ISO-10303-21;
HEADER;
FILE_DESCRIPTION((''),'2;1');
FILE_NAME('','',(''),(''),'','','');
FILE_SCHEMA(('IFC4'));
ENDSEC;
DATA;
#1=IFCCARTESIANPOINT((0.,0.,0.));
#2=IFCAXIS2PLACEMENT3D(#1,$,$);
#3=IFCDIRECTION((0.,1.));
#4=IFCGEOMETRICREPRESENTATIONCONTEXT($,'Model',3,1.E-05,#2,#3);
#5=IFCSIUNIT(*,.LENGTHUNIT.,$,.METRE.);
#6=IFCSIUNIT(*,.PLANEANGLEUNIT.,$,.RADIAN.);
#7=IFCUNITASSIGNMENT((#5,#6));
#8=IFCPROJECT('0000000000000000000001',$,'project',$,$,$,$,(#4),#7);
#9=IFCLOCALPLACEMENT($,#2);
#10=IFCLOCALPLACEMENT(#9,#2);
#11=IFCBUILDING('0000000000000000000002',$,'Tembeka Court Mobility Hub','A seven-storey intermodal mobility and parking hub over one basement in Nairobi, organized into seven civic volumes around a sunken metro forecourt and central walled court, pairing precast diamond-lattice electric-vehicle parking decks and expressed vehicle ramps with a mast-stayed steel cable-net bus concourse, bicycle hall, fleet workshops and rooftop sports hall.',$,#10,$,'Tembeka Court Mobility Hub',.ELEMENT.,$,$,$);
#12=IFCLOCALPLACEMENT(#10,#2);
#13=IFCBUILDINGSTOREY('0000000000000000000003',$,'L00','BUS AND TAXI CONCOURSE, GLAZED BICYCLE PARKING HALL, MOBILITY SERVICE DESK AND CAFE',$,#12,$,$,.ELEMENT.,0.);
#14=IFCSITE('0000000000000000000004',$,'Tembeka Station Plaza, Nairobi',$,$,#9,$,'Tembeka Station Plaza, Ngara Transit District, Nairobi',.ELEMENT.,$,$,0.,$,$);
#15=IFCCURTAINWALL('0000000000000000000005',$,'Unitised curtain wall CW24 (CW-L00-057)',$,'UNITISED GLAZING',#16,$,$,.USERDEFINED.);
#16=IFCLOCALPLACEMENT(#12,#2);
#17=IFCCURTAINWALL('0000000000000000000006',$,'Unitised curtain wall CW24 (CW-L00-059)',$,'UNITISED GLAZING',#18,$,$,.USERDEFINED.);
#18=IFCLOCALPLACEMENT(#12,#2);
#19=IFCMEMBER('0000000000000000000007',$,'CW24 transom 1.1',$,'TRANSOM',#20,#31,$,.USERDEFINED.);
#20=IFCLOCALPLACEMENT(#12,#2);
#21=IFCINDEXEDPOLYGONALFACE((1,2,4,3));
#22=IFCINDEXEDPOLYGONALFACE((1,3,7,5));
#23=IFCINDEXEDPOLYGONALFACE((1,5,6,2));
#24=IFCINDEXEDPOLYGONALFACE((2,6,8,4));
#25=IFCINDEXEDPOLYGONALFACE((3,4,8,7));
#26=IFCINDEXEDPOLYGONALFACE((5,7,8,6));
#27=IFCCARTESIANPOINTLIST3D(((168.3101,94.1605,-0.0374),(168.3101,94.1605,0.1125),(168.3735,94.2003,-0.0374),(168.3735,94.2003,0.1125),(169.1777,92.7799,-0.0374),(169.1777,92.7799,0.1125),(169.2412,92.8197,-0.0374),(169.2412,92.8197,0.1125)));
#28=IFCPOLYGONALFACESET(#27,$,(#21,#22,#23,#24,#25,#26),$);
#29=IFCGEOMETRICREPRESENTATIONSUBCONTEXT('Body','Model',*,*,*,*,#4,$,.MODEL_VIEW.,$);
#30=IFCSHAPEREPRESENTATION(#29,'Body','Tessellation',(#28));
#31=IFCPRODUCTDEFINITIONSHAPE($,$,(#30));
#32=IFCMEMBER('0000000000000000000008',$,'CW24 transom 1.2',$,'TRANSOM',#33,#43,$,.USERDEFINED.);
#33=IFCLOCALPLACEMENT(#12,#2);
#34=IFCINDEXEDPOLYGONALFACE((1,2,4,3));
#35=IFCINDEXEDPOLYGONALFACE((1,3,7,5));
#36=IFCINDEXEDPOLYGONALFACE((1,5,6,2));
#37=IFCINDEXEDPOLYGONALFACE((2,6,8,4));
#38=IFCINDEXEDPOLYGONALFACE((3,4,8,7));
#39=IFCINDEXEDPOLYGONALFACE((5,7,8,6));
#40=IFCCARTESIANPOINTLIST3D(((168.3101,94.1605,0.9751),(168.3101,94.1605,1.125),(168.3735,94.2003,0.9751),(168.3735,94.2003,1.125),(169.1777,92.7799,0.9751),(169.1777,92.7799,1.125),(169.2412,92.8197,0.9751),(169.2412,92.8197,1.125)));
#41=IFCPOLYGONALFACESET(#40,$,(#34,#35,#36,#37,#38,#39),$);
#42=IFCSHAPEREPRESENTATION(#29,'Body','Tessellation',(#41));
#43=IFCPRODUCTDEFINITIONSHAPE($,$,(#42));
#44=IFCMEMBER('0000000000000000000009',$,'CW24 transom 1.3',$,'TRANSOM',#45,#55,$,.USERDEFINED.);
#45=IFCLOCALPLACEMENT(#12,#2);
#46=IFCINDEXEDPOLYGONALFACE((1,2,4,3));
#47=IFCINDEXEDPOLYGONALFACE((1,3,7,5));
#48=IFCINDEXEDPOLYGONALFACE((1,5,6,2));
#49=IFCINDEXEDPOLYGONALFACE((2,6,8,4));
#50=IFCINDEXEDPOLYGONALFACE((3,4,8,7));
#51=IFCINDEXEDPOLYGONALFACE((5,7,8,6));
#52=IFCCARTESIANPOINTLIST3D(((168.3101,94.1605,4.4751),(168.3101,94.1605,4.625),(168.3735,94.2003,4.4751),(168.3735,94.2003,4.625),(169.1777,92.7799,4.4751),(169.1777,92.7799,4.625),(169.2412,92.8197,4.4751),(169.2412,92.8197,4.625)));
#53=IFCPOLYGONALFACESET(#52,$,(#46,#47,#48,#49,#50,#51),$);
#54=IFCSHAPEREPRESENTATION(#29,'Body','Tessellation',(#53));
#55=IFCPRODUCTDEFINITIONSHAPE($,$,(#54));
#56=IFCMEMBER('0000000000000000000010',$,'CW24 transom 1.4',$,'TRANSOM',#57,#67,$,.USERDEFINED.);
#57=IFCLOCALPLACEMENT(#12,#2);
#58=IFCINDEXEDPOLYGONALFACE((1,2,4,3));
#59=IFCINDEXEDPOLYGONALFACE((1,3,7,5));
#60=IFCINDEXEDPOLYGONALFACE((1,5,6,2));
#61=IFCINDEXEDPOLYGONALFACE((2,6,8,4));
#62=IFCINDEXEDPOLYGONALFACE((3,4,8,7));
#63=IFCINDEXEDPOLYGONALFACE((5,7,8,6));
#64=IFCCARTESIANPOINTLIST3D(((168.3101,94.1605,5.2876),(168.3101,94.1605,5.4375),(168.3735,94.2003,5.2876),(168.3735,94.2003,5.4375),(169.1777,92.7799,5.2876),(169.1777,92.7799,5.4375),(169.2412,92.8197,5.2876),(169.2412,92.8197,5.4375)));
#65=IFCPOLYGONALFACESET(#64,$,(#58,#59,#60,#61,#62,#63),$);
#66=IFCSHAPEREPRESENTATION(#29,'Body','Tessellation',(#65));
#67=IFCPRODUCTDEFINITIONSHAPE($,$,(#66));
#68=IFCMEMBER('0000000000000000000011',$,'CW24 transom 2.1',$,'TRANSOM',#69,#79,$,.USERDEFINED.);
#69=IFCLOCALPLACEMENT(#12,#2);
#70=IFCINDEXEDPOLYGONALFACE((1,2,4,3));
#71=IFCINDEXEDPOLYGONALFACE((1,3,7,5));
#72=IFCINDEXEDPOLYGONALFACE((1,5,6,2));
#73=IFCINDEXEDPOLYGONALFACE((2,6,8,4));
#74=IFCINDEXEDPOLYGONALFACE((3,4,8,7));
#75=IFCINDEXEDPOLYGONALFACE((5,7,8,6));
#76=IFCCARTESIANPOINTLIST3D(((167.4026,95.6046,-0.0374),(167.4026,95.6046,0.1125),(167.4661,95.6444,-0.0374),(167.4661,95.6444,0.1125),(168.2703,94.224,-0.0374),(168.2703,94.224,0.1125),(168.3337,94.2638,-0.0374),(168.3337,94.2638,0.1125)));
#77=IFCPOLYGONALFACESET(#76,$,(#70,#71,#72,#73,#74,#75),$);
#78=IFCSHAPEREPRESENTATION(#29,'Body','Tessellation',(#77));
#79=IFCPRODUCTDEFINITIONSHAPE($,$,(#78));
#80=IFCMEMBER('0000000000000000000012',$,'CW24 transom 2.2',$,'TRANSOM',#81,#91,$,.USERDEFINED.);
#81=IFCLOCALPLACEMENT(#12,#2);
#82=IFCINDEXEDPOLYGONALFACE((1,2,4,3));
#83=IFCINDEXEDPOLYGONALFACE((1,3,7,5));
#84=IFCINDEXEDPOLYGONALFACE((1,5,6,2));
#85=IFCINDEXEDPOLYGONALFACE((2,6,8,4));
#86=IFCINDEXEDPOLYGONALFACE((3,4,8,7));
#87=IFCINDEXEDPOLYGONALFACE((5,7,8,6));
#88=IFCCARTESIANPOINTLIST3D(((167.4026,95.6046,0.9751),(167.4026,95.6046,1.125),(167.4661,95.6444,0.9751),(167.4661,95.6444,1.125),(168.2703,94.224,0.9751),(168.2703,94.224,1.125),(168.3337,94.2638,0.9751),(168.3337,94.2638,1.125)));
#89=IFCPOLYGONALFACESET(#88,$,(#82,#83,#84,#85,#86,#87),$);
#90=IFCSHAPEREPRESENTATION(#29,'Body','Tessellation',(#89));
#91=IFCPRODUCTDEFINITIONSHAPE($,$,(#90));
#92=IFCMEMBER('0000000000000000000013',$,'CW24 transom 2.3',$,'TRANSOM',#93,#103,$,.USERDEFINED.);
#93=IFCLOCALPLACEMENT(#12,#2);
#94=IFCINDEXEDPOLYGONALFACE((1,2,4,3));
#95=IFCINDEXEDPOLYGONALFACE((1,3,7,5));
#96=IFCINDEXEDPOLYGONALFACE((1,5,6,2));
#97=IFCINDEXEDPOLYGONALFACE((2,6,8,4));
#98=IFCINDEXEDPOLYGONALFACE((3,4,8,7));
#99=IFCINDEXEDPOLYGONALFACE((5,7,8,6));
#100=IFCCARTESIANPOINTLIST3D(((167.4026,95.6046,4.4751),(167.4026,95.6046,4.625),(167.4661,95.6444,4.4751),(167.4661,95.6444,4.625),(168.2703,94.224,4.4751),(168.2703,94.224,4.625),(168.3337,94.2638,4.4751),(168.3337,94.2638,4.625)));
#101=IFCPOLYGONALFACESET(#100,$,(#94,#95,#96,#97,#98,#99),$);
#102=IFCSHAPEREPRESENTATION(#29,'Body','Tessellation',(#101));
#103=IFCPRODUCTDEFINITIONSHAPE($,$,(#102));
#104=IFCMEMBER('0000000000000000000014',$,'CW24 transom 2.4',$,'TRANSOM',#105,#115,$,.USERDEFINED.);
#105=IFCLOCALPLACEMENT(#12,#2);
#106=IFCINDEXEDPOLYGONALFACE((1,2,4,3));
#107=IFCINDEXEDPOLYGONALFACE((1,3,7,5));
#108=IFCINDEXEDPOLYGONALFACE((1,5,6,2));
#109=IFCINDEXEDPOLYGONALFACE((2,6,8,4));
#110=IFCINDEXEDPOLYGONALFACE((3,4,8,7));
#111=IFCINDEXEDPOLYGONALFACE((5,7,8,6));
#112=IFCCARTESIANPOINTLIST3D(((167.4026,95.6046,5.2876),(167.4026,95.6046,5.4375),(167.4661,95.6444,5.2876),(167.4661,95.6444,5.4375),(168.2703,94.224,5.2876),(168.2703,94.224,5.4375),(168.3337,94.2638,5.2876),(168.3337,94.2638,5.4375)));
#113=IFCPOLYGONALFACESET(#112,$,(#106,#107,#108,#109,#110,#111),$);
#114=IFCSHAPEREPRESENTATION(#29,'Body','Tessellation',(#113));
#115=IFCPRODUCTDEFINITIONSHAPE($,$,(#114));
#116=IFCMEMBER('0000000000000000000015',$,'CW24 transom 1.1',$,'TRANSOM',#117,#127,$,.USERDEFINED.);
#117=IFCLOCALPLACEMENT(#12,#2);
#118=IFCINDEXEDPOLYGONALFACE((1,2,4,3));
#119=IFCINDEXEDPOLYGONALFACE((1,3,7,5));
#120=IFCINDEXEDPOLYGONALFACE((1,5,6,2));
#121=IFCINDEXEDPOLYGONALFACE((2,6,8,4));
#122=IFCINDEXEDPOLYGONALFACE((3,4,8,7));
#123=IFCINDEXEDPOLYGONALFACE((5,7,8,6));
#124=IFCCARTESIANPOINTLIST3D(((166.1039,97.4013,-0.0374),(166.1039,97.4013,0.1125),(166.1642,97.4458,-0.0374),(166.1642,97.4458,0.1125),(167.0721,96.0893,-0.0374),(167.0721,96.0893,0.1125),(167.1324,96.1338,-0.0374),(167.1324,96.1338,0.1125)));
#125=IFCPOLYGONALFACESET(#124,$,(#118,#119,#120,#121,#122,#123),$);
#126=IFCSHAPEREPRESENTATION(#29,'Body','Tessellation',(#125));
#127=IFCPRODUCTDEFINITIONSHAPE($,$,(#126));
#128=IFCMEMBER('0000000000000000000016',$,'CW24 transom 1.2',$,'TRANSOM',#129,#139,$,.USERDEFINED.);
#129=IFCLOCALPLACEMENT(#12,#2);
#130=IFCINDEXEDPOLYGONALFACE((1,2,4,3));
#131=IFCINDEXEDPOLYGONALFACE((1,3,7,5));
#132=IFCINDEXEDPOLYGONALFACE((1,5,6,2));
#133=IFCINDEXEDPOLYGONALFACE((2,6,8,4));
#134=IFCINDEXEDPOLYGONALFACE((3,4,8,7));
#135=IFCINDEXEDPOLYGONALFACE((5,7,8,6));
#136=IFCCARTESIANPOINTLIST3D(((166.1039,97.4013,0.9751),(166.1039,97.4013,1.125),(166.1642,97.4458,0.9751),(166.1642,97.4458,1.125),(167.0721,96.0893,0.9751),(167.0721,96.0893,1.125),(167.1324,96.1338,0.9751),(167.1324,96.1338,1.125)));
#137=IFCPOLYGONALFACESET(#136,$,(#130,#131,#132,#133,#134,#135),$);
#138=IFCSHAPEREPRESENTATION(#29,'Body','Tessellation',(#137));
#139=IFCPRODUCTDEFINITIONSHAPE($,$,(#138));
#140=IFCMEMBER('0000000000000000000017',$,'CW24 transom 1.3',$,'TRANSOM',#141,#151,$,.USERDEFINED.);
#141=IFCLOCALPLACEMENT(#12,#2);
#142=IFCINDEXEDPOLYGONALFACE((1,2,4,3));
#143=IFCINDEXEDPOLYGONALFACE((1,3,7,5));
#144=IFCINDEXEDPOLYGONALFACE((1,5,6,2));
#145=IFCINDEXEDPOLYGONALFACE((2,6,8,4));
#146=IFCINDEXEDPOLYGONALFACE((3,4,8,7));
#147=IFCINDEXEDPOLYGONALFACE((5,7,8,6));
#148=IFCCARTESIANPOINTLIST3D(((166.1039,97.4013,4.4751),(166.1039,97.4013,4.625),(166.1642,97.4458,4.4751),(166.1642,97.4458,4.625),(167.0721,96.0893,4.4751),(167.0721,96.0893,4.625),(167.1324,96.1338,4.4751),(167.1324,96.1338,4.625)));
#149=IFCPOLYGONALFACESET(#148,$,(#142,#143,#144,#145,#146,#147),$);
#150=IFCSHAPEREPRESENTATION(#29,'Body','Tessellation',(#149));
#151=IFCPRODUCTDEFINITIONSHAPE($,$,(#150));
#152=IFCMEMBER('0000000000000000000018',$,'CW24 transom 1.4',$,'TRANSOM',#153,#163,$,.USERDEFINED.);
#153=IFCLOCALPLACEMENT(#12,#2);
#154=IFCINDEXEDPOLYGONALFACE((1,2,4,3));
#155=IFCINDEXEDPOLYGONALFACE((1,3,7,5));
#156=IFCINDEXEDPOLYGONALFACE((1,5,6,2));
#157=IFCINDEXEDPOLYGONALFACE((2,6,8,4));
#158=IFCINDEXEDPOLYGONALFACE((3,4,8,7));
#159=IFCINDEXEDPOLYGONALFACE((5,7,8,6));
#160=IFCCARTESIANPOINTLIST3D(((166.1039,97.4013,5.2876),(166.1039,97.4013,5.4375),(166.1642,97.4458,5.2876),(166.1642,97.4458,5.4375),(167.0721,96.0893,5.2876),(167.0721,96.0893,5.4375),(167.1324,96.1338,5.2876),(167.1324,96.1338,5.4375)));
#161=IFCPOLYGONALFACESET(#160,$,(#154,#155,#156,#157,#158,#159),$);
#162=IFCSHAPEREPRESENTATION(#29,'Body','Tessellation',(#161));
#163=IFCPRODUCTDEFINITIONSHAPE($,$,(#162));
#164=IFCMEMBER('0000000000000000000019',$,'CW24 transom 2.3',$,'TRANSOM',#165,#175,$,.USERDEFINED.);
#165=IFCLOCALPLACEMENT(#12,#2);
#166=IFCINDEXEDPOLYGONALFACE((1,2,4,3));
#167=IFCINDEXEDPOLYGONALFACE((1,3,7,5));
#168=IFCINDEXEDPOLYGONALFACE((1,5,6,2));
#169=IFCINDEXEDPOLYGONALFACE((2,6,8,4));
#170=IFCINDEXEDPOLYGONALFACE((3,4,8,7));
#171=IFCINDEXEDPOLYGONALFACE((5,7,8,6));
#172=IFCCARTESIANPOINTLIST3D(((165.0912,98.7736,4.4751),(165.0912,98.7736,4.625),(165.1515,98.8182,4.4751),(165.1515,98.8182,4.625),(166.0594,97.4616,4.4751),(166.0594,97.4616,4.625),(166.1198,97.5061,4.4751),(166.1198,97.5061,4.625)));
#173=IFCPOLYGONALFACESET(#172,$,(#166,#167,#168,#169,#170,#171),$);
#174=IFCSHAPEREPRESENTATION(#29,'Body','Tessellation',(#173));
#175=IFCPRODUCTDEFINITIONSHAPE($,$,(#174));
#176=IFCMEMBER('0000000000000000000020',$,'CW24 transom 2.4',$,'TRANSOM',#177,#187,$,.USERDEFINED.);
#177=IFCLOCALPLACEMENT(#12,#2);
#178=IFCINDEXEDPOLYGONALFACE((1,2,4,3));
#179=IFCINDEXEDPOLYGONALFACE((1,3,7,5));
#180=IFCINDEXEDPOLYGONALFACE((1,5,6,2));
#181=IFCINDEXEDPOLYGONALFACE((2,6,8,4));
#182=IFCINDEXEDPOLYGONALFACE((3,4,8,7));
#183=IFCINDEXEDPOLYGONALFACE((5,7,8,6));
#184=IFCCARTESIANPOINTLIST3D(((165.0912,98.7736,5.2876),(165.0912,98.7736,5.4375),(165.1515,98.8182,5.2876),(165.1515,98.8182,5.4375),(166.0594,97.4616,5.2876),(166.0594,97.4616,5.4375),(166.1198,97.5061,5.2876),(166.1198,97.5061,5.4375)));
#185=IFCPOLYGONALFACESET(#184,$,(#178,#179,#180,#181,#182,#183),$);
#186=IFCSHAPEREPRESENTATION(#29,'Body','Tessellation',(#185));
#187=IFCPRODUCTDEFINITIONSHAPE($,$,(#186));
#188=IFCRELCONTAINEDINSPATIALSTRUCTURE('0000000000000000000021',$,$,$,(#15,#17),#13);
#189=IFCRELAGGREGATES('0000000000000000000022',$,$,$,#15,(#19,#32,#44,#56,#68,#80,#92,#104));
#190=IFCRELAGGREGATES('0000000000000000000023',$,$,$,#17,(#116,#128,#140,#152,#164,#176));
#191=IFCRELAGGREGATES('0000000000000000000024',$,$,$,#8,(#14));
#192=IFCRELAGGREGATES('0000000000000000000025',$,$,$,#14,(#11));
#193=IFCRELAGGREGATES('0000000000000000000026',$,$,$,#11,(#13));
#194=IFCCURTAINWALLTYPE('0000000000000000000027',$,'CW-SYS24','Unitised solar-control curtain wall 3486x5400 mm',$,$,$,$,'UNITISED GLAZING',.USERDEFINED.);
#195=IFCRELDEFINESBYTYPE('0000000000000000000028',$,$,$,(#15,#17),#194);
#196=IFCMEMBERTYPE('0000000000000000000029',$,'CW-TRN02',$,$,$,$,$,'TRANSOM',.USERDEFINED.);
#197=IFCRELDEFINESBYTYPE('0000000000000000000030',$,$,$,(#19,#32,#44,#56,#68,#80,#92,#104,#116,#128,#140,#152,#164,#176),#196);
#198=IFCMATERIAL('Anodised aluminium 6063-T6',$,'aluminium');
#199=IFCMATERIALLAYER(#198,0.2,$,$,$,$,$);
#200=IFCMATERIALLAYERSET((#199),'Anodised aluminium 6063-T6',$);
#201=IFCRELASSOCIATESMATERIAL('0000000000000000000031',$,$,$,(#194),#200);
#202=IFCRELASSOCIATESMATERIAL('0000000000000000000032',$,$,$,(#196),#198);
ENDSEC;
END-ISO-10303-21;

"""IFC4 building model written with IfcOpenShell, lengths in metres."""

from ifc_helpers import new_model, si_unit, direction, frame, origin, origin_2d, place, context, subcontext, project, spatial, rectangle, extrude, material, layer, layer_set, material_profile, profile_set, type_object, element, aggregate, save


model = new_model("IFC4")

# Units and contexts
model_context = context("Model", 3, precision=1e-05, world=origin(), true_north=direction((0.0, 1.0)))
body_context = subcontext(model_context, "Body", "Model", "MODEL_VIEW")
ifc_project = project(units=[si_unit("LENGTHUNIT", "METRE"), si_unit("PLANEANGLEUNIT", "RADIAN")], contexts=[model_context])

# Site, building, storey
site_placement = place(None, origin())
site = spatial("IfcSite", under=ifc_project, at=site_placement, Name="Tembeka Station Plaza, Nairobi", LongName="Tembeka Station Plaza, Ngara Transit District, Nairobi", CompositionType="ELEMENT", RefElevation=0.0)
building_placement = place(site_placement, origin())
building = spatial("IfcBuilding", under=site, at=building_placement, Name="Tembeka Court Mobility Hub", Description="A seven-storey intermodal mobility and parking hub over one basement in Nairobi, organized into seven civic volumes around a sunken metro forecourt and central walled court, pairing precast diamond-lattice electric-vehicle parking decks and expressed vehicle ramps with a mast-stayed steel cable-net bus concourse, bicycle hall, fleet workshops and rooftop sports hall.", LongName="Tembeka Court Mobility Hub", CompositionType="ELEMENT")
storey_placement = place(building_placement, origin())
storey = spatial("IfcBuildingStorey", under=building, at=storey_placement, Name="L00", Description="BUS AND TAXI CONCOURSE, GLAZED BICYCLE PARKING HALL, MOBILITY SERVICE DESK AND CAFE", CompositionType="ELEMENT", Elevation=0.0)

# Curtain walls
ifc_material_1 = material(Name="Anodised aluminium 6063-T6", Category="aluminium")
ifc_layer_1 = layer(ifc_material_1, 0.2)
ifc_layer_set_1 = layer_set([ifc_layer_1], Name="Anodised aluminium 6063-T6")
curtain_wall_type = type_object("IfcCurtainWallType", Name="CW-SYS24", Description="Unitised solar-control curtain wall 3486x5400 mm", ElementType="UNITISED GLAZING", PredefinedType="USERDEFINED", material=ifc_layer_set_1)
curtain_wall_1_placement = place(storey_placement, origin())
curtain_wall_1 = element("IfcCurtainWall", 1, at=curtain_wall_1_placement, inside=storey, type_object=curtain_wall_type, Name="Unitised curtain wall CW24 (CW-L00-057)", ObjectType="UNITISED GLAZING", PredefinedType="USERDEFINED")
curtain_wall_2_placement = place(storey_placement, origin())
curtain_wall_2 = element("IfcCurtainWall", 2, at=curtain_wall_2_placement, inside=storey, type_object=curtain_wall_type, Name="Unitised curtain wall CW24 (CW-L00-059)", ObjectType="UNITISED GLAZING", PredefinedType="USERDEFINED")

# Members
ifc_material_profile_1 = material_profile(ifc_material_1, rectangle(XDim=0.075, YDim=0.1499, at=origin_2d()), Name="ALU-TRN 75x150")
ifc_profile_set_1 = profile_set([ifc_material_profile_1], Name="Anodised aluminium 6063-T6")
member_type_1 = type_object("IfcMemberType", Name="CW-TRN02", ElementType="TRANSOM", PredefinedType="USERDEFINED", material=ifc_profile_set_1)
member_1_placement = place(storey_placement, frame((169.2095, 92.7998, 0.0376), z_axis=(-0.53211, 0.846675, 0.0), x_axis=(-0.846675, -0.53211, 0.0)))
member_1 = element("IfcMember", 3, at=member_1_placement, type_object=member_type_1, Name="CW24 transom 1.1", ObjectType="TRANSOM", PredefinedType="USERDEFINED", context=body_context, shape_type="SweptSolid", body=[
    extrude(rectangle(XDim=0.075, YDim=0.1499, at=origin_2d()), origin(), (0.0, 0.0, 1.0), 1.6306),
])
member_2_placement = place(storey_placement, frame((169.2095, 92.7998, 1.05), z_axis=(-0.53211, 0.846675, 0.0), x_axis=(-0.846675, -0.53211, 0.0)))
member_2 = element("IfcMember", 4, at=member_2_placement, type_object=member_type_1, Name="CW24 transom 1.2", ObjectType="TRANSOM", PredefinedType="USERDEFINED", context=body_context, shape_type="SweptSolid", body=[
    extrude(rectangle(XDim=0.075, YDim=0.1499, at=origin_2d()), origin(), (0.0, 0.0, 1.0), 1.6306),
])
member_3_placement = place(storey_placement, frame((169.2095, 92.7998, 4.55), z_axis=(-0.53211, 0.846675, 0.0), x_axis=(-0.846675, -0.53211, 0.0)))
member_3 = element("IfcMember", 5, at=member_3_placement, type_object=member_type_1, Name="CW24 transom 1.3", ObjectType="TRANSOM", PredefinedType="USERDEFINED", context=body_context, shape_type="SweptSolid", body=[
    extrude(rectangle(XDim=0.075, YDim=0.1499, at=origin_2d()), origin(), (0.0, 0.0, 1.0), 1.6306),
])
member_4_placement = place(storey_placement, frame((169.2095, 92.7998, 5.3625), z_axis=(-0.53211, 0.846675, 0.0), x_axis=(-0.846675, -0.53211, 0.0)))
member_4 = element("IfcMember", 6, at=member_4_placement, type_object=member_type_1, Name="CW24 transom 1.4", ObjectType="TRANSOM", PredefinedType="USERDEFINED", context=body_context, shape_type="SweptSolid", body=[
    extrude(rectangle(XDim=0.075, YDim=0.1499, at=origin_2d()), origin(), (0.0, 0.0, 1.0), 1.6306),
])
member_5_placement = place(storey_placement, frame((168.302, 94.2439, 0.0376), z_axis=(-0.53211, 0.846675, 0.0), x_axis=(-0.846675, -0.53211, 0.0)))
member_5 = element("IfcMember", 7, at=member_5_placement, type_object=member_type_1, Name="CW24 transom 2.1", ObjectType="TRANSOM", PredefinedType="USERDEFINED", context=body_context, shape_type="SweptSolid", body=[
    extrude(rectangle(XDim=0.075, YDim=0.1499, at=origin_2d()), origin(), (0.0, 0.0, 1.0), 1.6306),
])
member_6_placement = place(storey_placement, frame((168.302, 94.2439, 1.05), z_axis=(-0.53211, 0.846675, 0.0), x_axis=(-0.846675, -0.53211, 0.0)))
member_6 = element("IfcMember", 8, at=member_6_placement, type_object=member_type_1, Name="CW24 transom 2.2", ObjectType="TRANSOM", PredefinedType="USERDEFINED", context=body_context, shape_type="SweptSolid", body=[
    extrude(rectangle(XDim=0.075, YDim=0.1499, at=origin_2d()), origin(), (0.0, 0.0, 1.0), 1.6306),
])
member_7_placement = place(storey_placement, frame((168.302, 94.2439, 4.55), z_axis=(-0.53211, 0.846675, 0.0), x_axis=(-0.846675, -0.53211, 0.0)))
member_7 = element("IfcMember", 9, at=member_7_placement, type_object=member_type_1, Name="CW24 transom 2.3", ObjectType="TRANSOM", PredefinedType="USERDEFINED", context=body_context, shape_type="SweptSolid", body=[
    extrude(rectangle(XDim=0.075, YDim=0.1499, at=origin_2d()), origin(), (0.0, 0.0, 1.0), 1.6306),
])
member_8_placement = place(storey_placement, frame((168.302, 94.2439, 5.3625), z_axis=(-0.53211, 0.846675, 0.0), x_axis=(-0.846675, -0.53211, 0.0)))
member_8 = element("IfcMember", 10, at=member_8_placement, type_object=member_type_1, Name="CW24 transom 2.4", ObjectType="TRANSOM", PredefinedType="USERDEFINED", context=body_context, shape_type="SweptSolid", body=[
    extrude(rectangle(XDim=0.075, YDim=0.1499, at=origin_2d()), origin(), (0.0, 0.0, 1.0), 1.6306),
])
member_9_placement = place(storey_placement, frame((167.1023, 96.1116, 0.0376), z_axis=(-0.593802, 0.804612, 0.0), x_axis=(-0.804612, -0.593802, 0.0)))
member_9 = element("IfcMember", 11, at=member_9_placement, type_object=member_type_1, Name="CW24 transom 1.1", ObjectType="TRANSOM", PredefinedType="USERDEFINED", context=body_context, shape_type="SweptSolid", body=[
    extrude(rectangle(XDim=0.075, YDim=0.1499, at=origin_2d()), origin(), (0.0, 0.0, 1.0), 1.6306),
])
member_10_placement = place(storey_placement, frame((167.1023, 96.1116, 1.05), z_axis=(-0.593802, 0.804612, 0.0), x_axis=(-0.804612, -0.593802, 0.0)))
member_10 = element("IfcMember", 12, at=member_10_placement, type_object=member_type_1, Name="CW24 transom 1.2", ObjectType="TRANSOM", PredefinedType="USERDEFINED", context=body_context, shape_type="SweptSolid", body=[
    extrude(rectangle(XDim=0.075, YDim=0.1499, at=origin_2d()), origin(), (0.0, 0.0, 1.0), 1.6306),
])
member_11_placement = place(storey_placement, frame((167.1023, 96.1116, 4.55), z_axis=(-0.593802, 0.804612, 0.0), x_axis=(-0.804612, -0.593802, 0.0)))
member_11 = element("IfcMember", 13, at=member_11_placement, type_object=member_type_1, Name="CW24 transom 1.3", ObjectType="TRANSOM", PredefinedType="USERDEFINED", context=body_context, shape_type="SweptSolid", body=[
    extrude(rectangle(XDim=0.075, YDim=0.1499, at=origin_2d()), origin(), (0.0, 0.0, 1.0), 1.6306),
])
member_12_placement = place(storey_placement, frame((167.1023, 96.1116, 5.3625), z_axis=(-0.593802, 0.804612, 0.0), x_axis=(-0.804612, -0.593802, 0.0)))
member_12 = element("IfcMember", 14, at=member_12_placement, type_object=member_type_1, Name="CW24 transom 1.4", ObjectType="TRANSOM", PredefinedType="USERDEFINED", context=body_context, shape_type="SweptSolid", body=[
    extrude(rectangle(XDim=0.075, YDim=0.1499, at=origin_2d()), origin(), (0.0, 0.0, 1.0), 1.6306),
])
member_13_placement = place(storey_placement, frame((166.0896, 97.4839, 4.55), z_axis=(-0.593802, 0.804612, 0.0), x_axis=(-0.804612, -0.593802, 0.0)))
member_13 = element("IfcMember", 15, at=member_13_placement, type_object=member_type_1, Name="CW24 transom 2.3", ObjectType="TRANSOM", PredefinedType="USERDEFINED", context=body_context, shape_type="SweptSolid", body=[
    extrude(rectangle(XDim=0.075, YDim=0.1499, at=origin_2d()), origin(), (0.0, 0.0, 1.0), 1.6306),
])
member_14_placement = place(storey_placement, frame((166.0896, 97.4839, 5.3625), z_axis=(-0.593802, 0.804612, 0.0), x_axis=(-0.804612, -0.593802, 0.0)))
member_14 = element("IfcMember", 16, at=member_14_placement, type_object=member_type_1, Name="CW24 transom 2.4", ObjectType="TRANSOM", PredefinedType="USERDEFINED", context=body_context, shape_type="SweptSolid", body=[
    extrude(rectangle(XDim=0.075, YDim=0.1499, at=origin_2d()), origin(), (0.0, 0.0, 1.0), 1.6306),
])

aggregate(curtain_wall_1, [member_1, member_2, member_3, member_4, member_5, member_6, member_7, member_8])
aggregate(curtain_wall_2, [member_9, member_10, member_11, member_12, member_13, member_14])

save(model, "model.ifc")
